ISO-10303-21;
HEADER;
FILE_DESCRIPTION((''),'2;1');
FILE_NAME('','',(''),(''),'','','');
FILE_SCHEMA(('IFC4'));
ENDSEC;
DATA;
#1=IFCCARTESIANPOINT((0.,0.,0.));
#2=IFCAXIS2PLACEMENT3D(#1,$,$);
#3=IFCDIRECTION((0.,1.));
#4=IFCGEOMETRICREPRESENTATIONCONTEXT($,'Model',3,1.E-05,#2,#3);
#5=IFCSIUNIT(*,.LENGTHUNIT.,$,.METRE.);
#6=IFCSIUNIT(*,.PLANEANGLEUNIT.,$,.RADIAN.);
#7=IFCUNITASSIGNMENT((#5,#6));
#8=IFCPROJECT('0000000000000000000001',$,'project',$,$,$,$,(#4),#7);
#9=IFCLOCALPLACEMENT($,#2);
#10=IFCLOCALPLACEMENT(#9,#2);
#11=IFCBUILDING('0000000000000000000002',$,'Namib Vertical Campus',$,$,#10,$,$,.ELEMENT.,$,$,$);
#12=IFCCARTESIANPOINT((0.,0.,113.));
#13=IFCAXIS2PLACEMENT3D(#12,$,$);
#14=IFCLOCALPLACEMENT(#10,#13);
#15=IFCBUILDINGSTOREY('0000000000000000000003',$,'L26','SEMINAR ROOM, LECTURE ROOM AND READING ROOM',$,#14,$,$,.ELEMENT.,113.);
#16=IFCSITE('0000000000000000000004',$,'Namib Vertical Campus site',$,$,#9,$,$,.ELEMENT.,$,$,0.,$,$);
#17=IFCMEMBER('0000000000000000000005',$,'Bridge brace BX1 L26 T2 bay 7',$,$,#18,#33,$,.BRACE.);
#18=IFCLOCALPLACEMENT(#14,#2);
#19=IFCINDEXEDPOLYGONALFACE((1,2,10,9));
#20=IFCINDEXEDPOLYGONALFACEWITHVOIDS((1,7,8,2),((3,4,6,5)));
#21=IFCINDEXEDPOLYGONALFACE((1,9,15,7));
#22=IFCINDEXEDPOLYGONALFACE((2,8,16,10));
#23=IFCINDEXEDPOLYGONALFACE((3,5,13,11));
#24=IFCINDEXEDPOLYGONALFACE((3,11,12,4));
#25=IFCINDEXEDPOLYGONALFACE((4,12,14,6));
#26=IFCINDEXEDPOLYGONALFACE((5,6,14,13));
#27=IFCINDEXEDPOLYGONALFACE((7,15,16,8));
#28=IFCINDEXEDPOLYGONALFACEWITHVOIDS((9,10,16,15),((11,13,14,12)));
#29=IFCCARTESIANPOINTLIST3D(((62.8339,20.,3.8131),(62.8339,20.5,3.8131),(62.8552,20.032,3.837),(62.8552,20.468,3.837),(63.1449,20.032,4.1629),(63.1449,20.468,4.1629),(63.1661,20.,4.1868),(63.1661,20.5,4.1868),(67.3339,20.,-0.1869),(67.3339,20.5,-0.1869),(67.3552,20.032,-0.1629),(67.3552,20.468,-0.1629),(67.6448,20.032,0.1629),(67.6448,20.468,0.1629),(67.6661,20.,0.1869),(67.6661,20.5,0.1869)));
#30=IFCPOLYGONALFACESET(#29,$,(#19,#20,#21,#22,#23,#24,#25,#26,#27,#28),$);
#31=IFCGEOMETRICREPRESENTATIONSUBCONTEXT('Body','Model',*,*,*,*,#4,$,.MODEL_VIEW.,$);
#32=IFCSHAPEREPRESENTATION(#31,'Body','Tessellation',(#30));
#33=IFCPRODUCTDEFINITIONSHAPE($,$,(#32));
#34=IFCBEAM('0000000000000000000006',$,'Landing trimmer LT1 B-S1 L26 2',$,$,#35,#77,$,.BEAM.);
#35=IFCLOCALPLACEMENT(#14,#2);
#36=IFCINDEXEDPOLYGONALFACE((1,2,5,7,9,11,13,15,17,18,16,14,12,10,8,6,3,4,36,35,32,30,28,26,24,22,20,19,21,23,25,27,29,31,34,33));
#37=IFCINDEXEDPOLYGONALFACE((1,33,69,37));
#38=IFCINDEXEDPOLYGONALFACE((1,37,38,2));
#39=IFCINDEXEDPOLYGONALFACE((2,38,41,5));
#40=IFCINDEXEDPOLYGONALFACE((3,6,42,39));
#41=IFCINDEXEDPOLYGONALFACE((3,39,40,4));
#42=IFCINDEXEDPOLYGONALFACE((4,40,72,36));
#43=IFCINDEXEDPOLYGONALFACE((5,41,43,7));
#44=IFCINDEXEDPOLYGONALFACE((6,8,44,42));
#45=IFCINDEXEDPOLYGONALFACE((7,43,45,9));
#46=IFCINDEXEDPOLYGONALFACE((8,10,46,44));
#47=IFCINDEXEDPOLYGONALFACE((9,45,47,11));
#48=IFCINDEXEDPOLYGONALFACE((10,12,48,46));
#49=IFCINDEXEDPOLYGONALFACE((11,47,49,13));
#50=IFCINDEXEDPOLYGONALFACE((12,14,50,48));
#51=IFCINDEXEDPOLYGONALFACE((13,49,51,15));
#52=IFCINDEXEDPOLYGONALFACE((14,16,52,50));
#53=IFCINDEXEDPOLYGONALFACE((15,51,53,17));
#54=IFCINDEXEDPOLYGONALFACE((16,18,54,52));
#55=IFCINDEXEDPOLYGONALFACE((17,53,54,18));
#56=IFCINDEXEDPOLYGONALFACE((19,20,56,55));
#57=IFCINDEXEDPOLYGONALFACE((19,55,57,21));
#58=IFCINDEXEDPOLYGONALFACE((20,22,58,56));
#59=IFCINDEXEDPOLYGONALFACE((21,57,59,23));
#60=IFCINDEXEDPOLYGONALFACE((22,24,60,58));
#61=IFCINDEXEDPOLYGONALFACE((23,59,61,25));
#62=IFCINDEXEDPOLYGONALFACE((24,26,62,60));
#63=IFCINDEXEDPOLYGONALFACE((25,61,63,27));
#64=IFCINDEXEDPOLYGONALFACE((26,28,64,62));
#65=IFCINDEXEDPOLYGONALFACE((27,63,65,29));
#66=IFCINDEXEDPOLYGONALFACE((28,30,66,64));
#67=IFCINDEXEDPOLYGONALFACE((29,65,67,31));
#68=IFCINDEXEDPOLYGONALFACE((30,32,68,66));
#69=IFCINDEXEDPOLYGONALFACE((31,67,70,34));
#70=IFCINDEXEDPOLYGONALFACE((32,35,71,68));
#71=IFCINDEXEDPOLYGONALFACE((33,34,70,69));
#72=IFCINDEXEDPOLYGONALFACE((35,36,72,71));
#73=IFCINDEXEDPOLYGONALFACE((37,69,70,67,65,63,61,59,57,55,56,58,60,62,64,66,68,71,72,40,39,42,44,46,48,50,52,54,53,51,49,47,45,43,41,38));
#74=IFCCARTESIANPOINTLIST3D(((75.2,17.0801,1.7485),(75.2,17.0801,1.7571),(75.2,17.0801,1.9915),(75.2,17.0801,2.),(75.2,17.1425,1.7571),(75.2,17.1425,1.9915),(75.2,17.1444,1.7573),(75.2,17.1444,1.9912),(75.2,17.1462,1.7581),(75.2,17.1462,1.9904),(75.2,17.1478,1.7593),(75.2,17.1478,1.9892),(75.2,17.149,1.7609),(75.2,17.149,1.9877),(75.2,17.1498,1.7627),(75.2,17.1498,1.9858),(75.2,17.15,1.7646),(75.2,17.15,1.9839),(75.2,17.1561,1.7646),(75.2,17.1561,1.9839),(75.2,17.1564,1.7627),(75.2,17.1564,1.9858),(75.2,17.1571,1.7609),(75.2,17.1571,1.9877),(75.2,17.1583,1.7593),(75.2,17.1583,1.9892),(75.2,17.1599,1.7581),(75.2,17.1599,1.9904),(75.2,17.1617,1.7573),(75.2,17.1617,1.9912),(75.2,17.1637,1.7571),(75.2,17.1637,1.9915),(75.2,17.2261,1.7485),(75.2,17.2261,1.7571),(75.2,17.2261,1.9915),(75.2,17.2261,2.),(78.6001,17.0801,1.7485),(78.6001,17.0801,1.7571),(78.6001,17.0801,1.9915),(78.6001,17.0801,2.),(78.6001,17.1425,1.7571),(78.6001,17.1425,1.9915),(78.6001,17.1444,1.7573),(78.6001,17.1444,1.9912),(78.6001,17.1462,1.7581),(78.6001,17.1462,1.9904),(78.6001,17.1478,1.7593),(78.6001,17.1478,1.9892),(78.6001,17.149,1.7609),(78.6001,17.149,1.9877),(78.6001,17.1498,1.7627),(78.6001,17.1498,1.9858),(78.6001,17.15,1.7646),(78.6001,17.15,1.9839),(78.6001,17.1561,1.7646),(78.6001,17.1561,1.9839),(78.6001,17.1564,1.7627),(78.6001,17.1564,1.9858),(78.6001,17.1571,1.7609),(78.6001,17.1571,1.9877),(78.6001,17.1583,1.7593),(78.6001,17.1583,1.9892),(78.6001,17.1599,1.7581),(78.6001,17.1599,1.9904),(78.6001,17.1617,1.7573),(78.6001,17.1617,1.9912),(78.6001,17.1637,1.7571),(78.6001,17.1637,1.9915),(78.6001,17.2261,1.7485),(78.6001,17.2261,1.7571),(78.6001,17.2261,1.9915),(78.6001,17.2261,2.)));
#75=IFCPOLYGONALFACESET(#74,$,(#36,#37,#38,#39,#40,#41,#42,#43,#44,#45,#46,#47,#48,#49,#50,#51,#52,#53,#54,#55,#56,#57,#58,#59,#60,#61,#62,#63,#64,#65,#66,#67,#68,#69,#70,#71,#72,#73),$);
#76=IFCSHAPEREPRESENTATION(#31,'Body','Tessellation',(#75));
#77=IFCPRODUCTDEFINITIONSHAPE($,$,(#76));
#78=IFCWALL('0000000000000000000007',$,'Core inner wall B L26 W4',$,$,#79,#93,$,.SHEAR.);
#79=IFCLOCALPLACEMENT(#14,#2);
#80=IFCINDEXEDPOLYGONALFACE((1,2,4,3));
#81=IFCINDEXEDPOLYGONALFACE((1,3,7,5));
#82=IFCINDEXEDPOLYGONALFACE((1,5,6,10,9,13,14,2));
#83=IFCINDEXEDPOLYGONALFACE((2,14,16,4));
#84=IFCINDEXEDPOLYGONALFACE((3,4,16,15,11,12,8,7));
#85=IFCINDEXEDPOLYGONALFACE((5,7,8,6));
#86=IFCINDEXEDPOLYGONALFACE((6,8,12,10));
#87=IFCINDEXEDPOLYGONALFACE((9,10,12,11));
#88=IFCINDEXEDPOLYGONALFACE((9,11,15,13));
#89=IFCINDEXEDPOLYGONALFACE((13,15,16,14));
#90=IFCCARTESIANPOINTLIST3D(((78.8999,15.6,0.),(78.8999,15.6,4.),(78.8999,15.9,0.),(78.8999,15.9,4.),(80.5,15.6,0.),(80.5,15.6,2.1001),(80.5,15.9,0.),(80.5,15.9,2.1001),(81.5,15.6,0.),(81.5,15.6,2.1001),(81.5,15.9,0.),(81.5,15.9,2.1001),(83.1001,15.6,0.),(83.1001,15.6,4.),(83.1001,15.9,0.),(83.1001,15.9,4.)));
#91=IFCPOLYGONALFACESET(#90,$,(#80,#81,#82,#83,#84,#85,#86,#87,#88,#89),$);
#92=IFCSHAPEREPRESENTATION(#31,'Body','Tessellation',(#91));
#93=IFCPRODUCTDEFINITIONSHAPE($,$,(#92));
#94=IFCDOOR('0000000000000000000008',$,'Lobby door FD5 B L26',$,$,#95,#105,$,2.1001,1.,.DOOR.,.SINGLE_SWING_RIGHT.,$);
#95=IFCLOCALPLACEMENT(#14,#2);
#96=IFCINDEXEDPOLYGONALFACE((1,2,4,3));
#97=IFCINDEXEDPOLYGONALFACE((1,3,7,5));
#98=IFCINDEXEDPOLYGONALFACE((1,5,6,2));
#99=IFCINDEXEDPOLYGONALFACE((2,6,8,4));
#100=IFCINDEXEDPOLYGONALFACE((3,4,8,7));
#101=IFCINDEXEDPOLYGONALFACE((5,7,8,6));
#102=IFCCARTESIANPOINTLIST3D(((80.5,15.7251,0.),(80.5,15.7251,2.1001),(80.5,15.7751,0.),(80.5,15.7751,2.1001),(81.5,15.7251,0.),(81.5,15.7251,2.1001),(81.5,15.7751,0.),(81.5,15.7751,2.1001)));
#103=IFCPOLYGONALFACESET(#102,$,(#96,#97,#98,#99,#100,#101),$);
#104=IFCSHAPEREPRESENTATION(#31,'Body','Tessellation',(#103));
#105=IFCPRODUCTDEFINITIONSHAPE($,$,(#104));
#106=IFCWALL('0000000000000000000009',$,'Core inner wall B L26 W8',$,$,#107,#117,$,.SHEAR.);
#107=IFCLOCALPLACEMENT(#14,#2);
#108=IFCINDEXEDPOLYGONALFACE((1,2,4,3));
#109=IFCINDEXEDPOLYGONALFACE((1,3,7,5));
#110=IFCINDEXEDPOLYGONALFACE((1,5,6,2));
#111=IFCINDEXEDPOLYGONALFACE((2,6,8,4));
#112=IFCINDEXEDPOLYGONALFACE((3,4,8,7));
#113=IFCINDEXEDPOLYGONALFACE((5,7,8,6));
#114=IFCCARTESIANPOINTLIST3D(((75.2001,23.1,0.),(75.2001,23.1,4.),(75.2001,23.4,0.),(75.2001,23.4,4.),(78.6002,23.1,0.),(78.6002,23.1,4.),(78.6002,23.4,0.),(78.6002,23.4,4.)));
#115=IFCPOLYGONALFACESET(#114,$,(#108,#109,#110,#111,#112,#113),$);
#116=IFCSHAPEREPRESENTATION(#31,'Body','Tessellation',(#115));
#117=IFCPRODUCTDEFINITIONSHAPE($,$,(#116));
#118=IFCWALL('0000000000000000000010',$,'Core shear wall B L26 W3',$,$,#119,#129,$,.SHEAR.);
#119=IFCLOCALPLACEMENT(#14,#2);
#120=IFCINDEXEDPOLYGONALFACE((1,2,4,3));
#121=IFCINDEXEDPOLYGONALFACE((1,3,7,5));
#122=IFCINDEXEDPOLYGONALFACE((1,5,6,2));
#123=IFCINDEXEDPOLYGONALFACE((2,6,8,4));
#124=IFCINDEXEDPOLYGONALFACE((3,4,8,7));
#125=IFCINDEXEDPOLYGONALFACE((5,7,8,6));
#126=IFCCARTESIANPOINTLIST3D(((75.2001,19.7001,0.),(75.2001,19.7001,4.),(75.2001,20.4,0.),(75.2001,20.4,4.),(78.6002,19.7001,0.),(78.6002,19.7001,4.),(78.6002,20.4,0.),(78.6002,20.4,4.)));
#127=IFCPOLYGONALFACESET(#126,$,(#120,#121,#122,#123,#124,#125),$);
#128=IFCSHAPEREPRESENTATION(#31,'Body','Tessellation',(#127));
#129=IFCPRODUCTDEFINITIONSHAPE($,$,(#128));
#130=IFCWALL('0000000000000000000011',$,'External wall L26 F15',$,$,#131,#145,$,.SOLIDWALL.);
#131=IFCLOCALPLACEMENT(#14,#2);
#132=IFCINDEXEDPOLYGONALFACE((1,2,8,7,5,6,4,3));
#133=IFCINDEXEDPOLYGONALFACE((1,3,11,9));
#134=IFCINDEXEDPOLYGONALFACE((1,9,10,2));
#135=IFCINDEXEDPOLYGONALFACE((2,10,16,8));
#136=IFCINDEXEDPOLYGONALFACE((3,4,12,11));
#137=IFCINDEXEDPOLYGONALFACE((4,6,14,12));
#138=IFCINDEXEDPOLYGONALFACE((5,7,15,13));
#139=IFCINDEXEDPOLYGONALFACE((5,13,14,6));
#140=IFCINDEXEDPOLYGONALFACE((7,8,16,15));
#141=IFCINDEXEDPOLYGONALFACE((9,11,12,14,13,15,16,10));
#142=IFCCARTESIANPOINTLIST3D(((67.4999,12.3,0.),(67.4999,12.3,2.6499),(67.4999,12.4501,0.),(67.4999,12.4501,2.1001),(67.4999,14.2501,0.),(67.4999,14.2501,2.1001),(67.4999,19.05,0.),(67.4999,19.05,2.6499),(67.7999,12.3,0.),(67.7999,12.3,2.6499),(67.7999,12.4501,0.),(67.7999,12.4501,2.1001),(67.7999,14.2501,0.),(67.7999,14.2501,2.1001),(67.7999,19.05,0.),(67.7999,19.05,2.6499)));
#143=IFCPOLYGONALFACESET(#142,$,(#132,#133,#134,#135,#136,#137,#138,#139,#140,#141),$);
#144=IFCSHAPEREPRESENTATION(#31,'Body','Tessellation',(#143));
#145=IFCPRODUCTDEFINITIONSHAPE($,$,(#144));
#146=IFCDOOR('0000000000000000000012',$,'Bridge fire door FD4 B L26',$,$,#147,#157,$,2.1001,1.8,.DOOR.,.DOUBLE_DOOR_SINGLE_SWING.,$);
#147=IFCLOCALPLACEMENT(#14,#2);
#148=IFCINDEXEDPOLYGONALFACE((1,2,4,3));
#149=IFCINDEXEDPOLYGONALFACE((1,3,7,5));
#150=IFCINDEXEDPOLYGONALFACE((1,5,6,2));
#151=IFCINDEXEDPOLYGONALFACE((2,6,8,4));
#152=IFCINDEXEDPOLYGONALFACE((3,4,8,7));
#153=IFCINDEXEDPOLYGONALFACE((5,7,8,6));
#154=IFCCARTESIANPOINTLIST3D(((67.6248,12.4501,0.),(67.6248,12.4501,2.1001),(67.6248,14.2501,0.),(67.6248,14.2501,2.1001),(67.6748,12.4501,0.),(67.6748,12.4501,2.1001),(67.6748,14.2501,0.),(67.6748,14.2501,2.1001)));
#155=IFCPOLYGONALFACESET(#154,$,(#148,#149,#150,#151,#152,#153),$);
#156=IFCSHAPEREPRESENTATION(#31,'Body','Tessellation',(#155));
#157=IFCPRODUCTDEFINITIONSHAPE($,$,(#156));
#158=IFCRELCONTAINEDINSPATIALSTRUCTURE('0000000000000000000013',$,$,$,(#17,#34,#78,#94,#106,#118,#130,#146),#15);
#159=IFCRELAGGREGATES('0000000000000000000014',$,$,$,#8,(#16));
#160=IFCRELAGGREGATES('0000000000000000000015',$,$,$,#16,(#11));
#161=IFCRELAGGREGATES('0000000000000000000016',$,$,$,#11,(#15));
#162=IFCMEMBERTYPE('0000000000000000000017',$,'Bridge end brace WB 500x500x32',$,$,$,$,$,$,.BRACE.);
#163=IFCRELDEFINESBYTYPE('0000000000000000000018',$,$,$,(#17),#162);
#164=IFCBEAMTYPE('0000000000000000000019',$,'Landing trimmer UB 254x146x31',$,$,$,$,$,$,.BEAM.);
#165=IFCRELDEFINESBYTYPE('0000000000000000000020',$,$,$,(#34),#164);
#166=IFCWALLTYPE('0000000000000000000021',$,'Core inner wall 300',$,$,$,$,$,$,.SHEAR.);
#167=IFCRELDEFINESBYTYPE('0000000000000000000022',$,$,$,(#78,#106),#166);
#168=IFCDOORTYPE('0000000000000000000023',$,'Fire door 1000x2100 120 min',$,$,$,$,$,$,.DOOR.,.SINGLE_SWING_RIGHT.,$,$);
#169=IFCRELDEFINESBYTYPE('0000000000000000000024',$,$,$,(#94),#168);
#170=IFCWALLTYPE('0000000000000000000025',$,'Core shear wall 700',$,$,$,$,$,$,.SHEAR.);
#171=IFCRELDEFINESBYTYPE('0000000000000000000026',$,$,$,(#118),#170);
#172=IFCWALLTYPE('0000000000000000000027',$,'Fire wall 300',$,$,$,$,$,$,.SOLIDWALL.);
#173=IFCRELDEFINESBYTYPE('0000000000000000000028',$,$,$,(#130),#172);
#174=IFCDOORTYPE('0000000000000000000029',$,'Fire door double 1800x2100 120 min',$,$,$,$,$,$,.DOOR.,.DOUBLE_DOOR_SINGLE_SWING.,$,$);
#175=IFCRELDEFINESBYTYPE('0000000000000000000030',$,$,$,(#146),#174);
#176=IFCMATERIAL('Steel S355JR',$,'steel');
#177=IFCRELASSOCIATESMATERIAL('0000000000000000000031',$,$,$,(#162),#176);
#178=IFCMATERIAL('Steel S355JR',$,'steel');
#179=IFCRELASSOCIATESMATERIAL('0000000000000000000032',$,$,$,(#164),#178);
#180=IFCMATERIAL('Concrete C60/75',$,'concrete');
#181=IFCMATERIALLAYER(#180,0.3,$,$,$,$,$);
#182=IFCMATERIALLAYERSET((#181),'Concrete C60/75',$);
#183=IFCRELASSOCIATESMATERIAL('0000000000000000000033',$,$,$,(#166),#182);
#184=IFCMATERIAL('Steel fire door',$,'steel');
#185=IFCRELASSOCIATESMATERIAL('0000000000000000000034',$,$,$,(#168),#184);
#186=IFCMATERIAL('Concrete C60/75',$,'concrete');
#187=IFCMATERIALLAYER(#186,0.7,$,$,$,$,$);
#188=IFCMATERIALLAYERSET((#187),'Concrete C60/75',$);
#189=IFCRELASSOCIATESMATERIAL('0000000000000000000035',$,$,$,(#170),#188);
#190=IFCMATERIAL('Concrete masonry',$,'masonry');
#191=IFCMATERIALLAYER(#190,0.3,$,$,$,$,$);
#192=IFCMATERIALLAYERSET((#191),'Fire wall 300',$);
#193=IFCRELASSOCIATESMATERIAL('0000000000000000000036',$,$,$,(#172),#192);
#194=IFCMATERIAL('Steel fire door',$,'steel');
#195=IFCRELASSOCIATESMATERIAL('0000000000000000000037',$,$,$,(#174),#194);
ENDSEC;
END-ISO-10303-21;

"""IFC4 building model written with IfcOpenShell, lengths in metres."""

from ifc_helpers import new_model, si_unit, direction, frame, frame_2d, origin, origin_2d, place, context, subcontext, project, spatial, rectangle, hollow_rectangle, i_section, extrude, material, layer, layer_set, material_profile, profile_set, type_object, element, fill, save


model = new_model("IFC4")

# Units and contexts
model_context = context("Model", 3, precision=1e-05, world=origin(), true_north=direction((0.0, 1.0)))
body_context = subcontext(model_context, "Body", "Model", "MODEL_VIEW")
ifc_project = project(units=[si_unit("LENGTHUNIT", "METRE"), si_unit("PLANEANGLEUNIT", "RADIAN")], contexts=[model_context])

# Site, building, storey
site_placement = place(None, origin())
site = spatial("IfcSite", under=ifc_project, at=site_placement, Name="Namib Vertical Campus site", CompositionType="ELEMENT", RefElevation=0.0)
building_placement = place(site_placement, origin())
building = spatial("IfcBuilding", under=site, at=building_placement, Name="Namib Vertical Campus", CompositionType="ELEMENT")
storey_placement = place(building_placement, frame((0.0, 0.0, 113.0)))
storey = spatial("IfcBuildingStorey", under=building, at=storey_placement, Name="L26", Description="SEMINAR ROOM, LECTURE ROOM AND READING ROOM", CompositionType="ELEMENT", Elevation=113.0)

# Member
ifc_material_1 = material(Name="Steel S355JR", Category="steel")
ifc_material_profile_1 = material_profile(ifc_material_1, hollow_rectangle(XDim=0.5, YDim=0.5, WallThickness=0.032, at=origin_2d()))
ifc_profile_set_1 = profile_set([ifc_material_profile_1], Name="Steel S355JR")
member_type = type_object("IfcMemberType", Name="Bridge end brace WB 500x500x32", PredefinedType="BRACE", material=ifc_profile_set_1)
member_placement = place(storey_placement, frame((67.5, 20.25, 0.0), z_axis=(-0.747409, 0.0, 0.664364), x_axis=(0.0, -1.0, 0.0)))
element("IfcMember", 1, at=member_placement, inside=storey, type_object=member_type, Name="Bridge brace BX1 L26 T2 bay 7", PredefinedType="BRACE", context=body_context, shape_type="SweptSolid", body=[
    extrude(hollow_rectangle(XDim=0.5, YDim=0.5, WallThickness=0.032, at=origin_2d()), origin(), (0.0, 0.0, 1.0), 6.0208),
])

# Beam
ifc_material_2 = material(Name="Steel S355JR", Category="steel")
ifc_material_profile_2 = material_profile(ifc_material_2, i_section(OverallWidth=0.146, OverallDepth=0.2515, WebThickness=0.0061, FlangeThickness=0.0085, FilletRadius=0.0076, at=origin_2d()))
ifc_profile_set_2 = profile_set([ifc_material_profile_2], Name="Steel S355JR")
beam_type = type_object("IfcBeamType", Name="Landing trimmer UB 254x146x31", PredefinedType="BEAM", material=ifc_profile_set_2)
beam_placement = place(storey_placement, frame((75.2, 17.1531, 1.8743), z_axis=(1.0, 0.0, 0.0), x_axis=(0.0, 1.0, 0.0)))
element("IfcBeam", 2, at=beam_placement, inside=storey, type_object=beam_type, Name="Landing trimmer LT1 B-S1 L26 2", PredefinedType="BEAM", context=body_context, shape_type="SweptSolid", body=[
    extrude(i_section(OverallWidth=0.146, OverallDepth=0.2515, WebThickness=0.0061, FlangeThickness=0.0085, FilletRadius=0.0076, at=origin_2d()), origin(), (0.0, 0.0, 1.0), 3.4001),
])

# Wall, opening, door
ifc_material_3 = material(Name="Concrete C60/75", Category="concrete")
ifc_layer_1 = layer(ifc_material_3, 0.3)
ifc_layer_set_1 = layer_set([ifc_layer_1], Name="Concrete C60/75")
wall_type_1 = type_object("IfcWallType", Name="Core inner wall 300", PredefinedType="SHEAR", material=ifc_layer_set_1)
wall_1_placement = place(storey_placement, frame((78.8999, 15.75, 0.0), z_axis=(0.0, 0.0, 1.0), x_axis=(1.0, 0.0, 0.0)))
wall_1 = element("IfcWall", 3, at=wall_1_placement, inside=storey, type_object=wall_type_1, Name="Core inner wall B L26 W4", PredefinedType="SHEAR", context=body_context, shape_type="SweptSolid", body=[
    extrude(rectangle(XDim=4.2002, YDim=0.3, at=frame_2d((2.1001, 0.0))), origin(), (0.0, 0.0, 1.0), 4.0),
])
opening_1_placement = place(wall_1_placement, frame((1.6001, 0.0, 0.0)))
opening_1 = element("IfcOpeningElement", 4, at=opening_1_placement, cuts=wall_1, PredefinedType="OPENING", context=body_context, shape_type="SweptSolid", body=[
    extrude(rectangle(XDim=1.0, YDim=2.1001, at=frame_2d((0.5, 1.05))), frame((0.0, 0.1599, 0.0), z_axis=(0.0, -1.0, 0.0), x_axis=(1.0, 0.0, 0.0)), (0.0, 0.0, 1.0), 0.3201),
])
ifc_material_4 = material(Name="Steel fire door", Category="steel")
door_type_1 = type_object("IfcDoorType", Name="Fire door 1000x2100 120 min", OperationType="SINGLE_SWING_RIGHT", PredefinedType="DOOR", material=ifc_material_4)
door_1_placement = place(opening_1_placement, frame((1.0, 0.0, 0.0), z_axis=(0.0, 0.0, 1.0), x_axis=(-1.0, 0.0, 0.0)))
door_1 = element("IfcDoor", 5, at=door_1_placement, inside=storey, type_object=door_type_1, Name="Lobby door FD5 B L26", OperationType="SINGLE_SWING_RIGHT", OverallHeight=2.1001, OverallWidth=1.0, PredefinedType="DOOR", context=body_context, shape_type="SweptSolid", body=[
    extrude(rectangle(XDim=1.0, YDim=2.1001, at=frame_2d((0.5, 1.05))), frame((0.0, 0.0249, 0.0), z_axis=(0.0, -1.0, 0.0), x_axis=(1.0, 0.0, 0.0)), (0.0, 0.0, 1.0), 0.05),
])
fill(opening_1, door_1)

# Walls
wall_2_placement = place(storey_placement, frame((75.2, 23.25, 0.0), z_axis=(0.0, 0.0, 1.0), x_axis=(1.0, 0.0, 0.0)))
element("IfcWall", 6, at=wall_2_placement, inside=storey, type_object=wall_type_1, Name="Core inner wall B L26 W8", PredefinedType="SHEAR", context=body_context, shape_type="SweptSolid", body=[
    extrude(rectangle(XDim=3.4001, YDim=0.3, at=frame_2d((1.7002, 0.0))), origin(), (0.0, 0.0, 1.0), 4.0),
])
ifc_material_5 = material(Name="Concrete C60/75", Category="concrete")
ifc_layer_2 = layer(ifc_material_5, 0.7)
ifc_layer_set_2 = layer_set([ifc_layer_2], Name="Concrete C60/75")
wall_type_2 = type_object("IfcWallType", Name="Core shear wall 700", PredefinedType="SHEAR", material=ifc_layer_set_2)
wall_3_placement = place(storey_placement, frame((75.2, 20.05, 0.0), z_axis=(0.0, 0.0, 1.0), x_axis=(1.0, 0.0, 0.0)))
element("IfcWall", 7, at=wall_3_placement, inside=storey, type_object=wall_type_2, Name="Core shear wall B L26 W3", PredefinedType="SHEAR", context=body_context, shape_type="SweptSolid", body=[
    extrude(rectangle(XDim=3.4001, YDim=0.7, at=frame_2d((1.7002, 0.0))), origin(), (0.0, 0.0, 1.0), 4.0),
])

# Wall, opening, door
ifc_material_6 = material(Name="Concrete masonry", Category="masonry")
ifc_layer_3 = layer(ifc_material_6, 0.3)
ifc_layer_set_3 = layer_set([ifc_layer_3], Name="Fire wall 300")
wall_type_3 = type_object("IfcWallType", Name="Fire wall 300", PredefinedType="SOLIDWALL", material=ifc_layer_set_3)
wall_4_placement = place(storey_placement, frame((67.6499, 19.05, 0.0), z_axis=(0.0, 0.0, 1.0), x_axis=(0.0, -1.0, 0.0)))
wall_4 = element("IfcWall", 8, at=wall_4_placement, inside=storey, type_object=wall_type_3, Name="External wall L26 F15", PredefinedType="SOLIDWALL", context=body_context, shape_type="SweptSolid", body=[
    extrude(rectangle(XDim=6.75, YDim=0.3, at=frame_2d((3.375, 0.0))), origin(), (0.0, 0.0, 1.0), 2.6499),
])
opening_2_placement = place(wall_4_placement, frame((4.8, 0.0, 0.0)))
opening_2 = element("IfcOpeningElement", 9, at=opening_2_placement, cuts=wall_4, PredefinedType="OPENING", context=body_context, shape_type="SweptSolid", body=[
    extrude(rectangle(XDim=1.8, YDim=2.1001, at=frame_2d((0.8999, 1.05))), frame((0.0, 0.1599, 0.0), z_axis=(0.0, -1.0, 0.0), x_axis=(1.0, 0.0, 0.0)), (0.0, 0.0, 1.0), 0.3201),
])
ifc_material_7 = material(Name="Steel fire door", Category="steel")
door_type_2 = type_object("IfcDoorType", Name="Fire door double 1800x2100 120 min", OperationType="DOUBLE_DOOR_SINGLE_SWING", PredefinedType="DOOR", material=ifc_material_7)
door_2_placement = place(opening_2_placement, origin())
door_2 = element("IfcDoor", 10, at=door_2_placement, inside=storey, type_object=door_type_2, Name="Bridge fire door FD4 B L26", OperationType="DOUBLE_DOOR_SINGLE_SWING", OverallHeight=2.1001, OverallWidth=1.8, PredefinedType="DOOR", context=body_context, shape_type="SweptSolid", body=[
    extrude(rectangle(XDim=1.8, YDim=2.1001, at=frame_2d((0.8999, 1.05))), frame((0.0, 0.0249, 0.0), z_axis=(0.0, -1.0, 0.0), x_axis=(1.0, 0.0, 0.0)), (0.0, 0.0, 1.0), 0.05),
])
fill(opening_2, door_2)

save(model, "model.ifc")
